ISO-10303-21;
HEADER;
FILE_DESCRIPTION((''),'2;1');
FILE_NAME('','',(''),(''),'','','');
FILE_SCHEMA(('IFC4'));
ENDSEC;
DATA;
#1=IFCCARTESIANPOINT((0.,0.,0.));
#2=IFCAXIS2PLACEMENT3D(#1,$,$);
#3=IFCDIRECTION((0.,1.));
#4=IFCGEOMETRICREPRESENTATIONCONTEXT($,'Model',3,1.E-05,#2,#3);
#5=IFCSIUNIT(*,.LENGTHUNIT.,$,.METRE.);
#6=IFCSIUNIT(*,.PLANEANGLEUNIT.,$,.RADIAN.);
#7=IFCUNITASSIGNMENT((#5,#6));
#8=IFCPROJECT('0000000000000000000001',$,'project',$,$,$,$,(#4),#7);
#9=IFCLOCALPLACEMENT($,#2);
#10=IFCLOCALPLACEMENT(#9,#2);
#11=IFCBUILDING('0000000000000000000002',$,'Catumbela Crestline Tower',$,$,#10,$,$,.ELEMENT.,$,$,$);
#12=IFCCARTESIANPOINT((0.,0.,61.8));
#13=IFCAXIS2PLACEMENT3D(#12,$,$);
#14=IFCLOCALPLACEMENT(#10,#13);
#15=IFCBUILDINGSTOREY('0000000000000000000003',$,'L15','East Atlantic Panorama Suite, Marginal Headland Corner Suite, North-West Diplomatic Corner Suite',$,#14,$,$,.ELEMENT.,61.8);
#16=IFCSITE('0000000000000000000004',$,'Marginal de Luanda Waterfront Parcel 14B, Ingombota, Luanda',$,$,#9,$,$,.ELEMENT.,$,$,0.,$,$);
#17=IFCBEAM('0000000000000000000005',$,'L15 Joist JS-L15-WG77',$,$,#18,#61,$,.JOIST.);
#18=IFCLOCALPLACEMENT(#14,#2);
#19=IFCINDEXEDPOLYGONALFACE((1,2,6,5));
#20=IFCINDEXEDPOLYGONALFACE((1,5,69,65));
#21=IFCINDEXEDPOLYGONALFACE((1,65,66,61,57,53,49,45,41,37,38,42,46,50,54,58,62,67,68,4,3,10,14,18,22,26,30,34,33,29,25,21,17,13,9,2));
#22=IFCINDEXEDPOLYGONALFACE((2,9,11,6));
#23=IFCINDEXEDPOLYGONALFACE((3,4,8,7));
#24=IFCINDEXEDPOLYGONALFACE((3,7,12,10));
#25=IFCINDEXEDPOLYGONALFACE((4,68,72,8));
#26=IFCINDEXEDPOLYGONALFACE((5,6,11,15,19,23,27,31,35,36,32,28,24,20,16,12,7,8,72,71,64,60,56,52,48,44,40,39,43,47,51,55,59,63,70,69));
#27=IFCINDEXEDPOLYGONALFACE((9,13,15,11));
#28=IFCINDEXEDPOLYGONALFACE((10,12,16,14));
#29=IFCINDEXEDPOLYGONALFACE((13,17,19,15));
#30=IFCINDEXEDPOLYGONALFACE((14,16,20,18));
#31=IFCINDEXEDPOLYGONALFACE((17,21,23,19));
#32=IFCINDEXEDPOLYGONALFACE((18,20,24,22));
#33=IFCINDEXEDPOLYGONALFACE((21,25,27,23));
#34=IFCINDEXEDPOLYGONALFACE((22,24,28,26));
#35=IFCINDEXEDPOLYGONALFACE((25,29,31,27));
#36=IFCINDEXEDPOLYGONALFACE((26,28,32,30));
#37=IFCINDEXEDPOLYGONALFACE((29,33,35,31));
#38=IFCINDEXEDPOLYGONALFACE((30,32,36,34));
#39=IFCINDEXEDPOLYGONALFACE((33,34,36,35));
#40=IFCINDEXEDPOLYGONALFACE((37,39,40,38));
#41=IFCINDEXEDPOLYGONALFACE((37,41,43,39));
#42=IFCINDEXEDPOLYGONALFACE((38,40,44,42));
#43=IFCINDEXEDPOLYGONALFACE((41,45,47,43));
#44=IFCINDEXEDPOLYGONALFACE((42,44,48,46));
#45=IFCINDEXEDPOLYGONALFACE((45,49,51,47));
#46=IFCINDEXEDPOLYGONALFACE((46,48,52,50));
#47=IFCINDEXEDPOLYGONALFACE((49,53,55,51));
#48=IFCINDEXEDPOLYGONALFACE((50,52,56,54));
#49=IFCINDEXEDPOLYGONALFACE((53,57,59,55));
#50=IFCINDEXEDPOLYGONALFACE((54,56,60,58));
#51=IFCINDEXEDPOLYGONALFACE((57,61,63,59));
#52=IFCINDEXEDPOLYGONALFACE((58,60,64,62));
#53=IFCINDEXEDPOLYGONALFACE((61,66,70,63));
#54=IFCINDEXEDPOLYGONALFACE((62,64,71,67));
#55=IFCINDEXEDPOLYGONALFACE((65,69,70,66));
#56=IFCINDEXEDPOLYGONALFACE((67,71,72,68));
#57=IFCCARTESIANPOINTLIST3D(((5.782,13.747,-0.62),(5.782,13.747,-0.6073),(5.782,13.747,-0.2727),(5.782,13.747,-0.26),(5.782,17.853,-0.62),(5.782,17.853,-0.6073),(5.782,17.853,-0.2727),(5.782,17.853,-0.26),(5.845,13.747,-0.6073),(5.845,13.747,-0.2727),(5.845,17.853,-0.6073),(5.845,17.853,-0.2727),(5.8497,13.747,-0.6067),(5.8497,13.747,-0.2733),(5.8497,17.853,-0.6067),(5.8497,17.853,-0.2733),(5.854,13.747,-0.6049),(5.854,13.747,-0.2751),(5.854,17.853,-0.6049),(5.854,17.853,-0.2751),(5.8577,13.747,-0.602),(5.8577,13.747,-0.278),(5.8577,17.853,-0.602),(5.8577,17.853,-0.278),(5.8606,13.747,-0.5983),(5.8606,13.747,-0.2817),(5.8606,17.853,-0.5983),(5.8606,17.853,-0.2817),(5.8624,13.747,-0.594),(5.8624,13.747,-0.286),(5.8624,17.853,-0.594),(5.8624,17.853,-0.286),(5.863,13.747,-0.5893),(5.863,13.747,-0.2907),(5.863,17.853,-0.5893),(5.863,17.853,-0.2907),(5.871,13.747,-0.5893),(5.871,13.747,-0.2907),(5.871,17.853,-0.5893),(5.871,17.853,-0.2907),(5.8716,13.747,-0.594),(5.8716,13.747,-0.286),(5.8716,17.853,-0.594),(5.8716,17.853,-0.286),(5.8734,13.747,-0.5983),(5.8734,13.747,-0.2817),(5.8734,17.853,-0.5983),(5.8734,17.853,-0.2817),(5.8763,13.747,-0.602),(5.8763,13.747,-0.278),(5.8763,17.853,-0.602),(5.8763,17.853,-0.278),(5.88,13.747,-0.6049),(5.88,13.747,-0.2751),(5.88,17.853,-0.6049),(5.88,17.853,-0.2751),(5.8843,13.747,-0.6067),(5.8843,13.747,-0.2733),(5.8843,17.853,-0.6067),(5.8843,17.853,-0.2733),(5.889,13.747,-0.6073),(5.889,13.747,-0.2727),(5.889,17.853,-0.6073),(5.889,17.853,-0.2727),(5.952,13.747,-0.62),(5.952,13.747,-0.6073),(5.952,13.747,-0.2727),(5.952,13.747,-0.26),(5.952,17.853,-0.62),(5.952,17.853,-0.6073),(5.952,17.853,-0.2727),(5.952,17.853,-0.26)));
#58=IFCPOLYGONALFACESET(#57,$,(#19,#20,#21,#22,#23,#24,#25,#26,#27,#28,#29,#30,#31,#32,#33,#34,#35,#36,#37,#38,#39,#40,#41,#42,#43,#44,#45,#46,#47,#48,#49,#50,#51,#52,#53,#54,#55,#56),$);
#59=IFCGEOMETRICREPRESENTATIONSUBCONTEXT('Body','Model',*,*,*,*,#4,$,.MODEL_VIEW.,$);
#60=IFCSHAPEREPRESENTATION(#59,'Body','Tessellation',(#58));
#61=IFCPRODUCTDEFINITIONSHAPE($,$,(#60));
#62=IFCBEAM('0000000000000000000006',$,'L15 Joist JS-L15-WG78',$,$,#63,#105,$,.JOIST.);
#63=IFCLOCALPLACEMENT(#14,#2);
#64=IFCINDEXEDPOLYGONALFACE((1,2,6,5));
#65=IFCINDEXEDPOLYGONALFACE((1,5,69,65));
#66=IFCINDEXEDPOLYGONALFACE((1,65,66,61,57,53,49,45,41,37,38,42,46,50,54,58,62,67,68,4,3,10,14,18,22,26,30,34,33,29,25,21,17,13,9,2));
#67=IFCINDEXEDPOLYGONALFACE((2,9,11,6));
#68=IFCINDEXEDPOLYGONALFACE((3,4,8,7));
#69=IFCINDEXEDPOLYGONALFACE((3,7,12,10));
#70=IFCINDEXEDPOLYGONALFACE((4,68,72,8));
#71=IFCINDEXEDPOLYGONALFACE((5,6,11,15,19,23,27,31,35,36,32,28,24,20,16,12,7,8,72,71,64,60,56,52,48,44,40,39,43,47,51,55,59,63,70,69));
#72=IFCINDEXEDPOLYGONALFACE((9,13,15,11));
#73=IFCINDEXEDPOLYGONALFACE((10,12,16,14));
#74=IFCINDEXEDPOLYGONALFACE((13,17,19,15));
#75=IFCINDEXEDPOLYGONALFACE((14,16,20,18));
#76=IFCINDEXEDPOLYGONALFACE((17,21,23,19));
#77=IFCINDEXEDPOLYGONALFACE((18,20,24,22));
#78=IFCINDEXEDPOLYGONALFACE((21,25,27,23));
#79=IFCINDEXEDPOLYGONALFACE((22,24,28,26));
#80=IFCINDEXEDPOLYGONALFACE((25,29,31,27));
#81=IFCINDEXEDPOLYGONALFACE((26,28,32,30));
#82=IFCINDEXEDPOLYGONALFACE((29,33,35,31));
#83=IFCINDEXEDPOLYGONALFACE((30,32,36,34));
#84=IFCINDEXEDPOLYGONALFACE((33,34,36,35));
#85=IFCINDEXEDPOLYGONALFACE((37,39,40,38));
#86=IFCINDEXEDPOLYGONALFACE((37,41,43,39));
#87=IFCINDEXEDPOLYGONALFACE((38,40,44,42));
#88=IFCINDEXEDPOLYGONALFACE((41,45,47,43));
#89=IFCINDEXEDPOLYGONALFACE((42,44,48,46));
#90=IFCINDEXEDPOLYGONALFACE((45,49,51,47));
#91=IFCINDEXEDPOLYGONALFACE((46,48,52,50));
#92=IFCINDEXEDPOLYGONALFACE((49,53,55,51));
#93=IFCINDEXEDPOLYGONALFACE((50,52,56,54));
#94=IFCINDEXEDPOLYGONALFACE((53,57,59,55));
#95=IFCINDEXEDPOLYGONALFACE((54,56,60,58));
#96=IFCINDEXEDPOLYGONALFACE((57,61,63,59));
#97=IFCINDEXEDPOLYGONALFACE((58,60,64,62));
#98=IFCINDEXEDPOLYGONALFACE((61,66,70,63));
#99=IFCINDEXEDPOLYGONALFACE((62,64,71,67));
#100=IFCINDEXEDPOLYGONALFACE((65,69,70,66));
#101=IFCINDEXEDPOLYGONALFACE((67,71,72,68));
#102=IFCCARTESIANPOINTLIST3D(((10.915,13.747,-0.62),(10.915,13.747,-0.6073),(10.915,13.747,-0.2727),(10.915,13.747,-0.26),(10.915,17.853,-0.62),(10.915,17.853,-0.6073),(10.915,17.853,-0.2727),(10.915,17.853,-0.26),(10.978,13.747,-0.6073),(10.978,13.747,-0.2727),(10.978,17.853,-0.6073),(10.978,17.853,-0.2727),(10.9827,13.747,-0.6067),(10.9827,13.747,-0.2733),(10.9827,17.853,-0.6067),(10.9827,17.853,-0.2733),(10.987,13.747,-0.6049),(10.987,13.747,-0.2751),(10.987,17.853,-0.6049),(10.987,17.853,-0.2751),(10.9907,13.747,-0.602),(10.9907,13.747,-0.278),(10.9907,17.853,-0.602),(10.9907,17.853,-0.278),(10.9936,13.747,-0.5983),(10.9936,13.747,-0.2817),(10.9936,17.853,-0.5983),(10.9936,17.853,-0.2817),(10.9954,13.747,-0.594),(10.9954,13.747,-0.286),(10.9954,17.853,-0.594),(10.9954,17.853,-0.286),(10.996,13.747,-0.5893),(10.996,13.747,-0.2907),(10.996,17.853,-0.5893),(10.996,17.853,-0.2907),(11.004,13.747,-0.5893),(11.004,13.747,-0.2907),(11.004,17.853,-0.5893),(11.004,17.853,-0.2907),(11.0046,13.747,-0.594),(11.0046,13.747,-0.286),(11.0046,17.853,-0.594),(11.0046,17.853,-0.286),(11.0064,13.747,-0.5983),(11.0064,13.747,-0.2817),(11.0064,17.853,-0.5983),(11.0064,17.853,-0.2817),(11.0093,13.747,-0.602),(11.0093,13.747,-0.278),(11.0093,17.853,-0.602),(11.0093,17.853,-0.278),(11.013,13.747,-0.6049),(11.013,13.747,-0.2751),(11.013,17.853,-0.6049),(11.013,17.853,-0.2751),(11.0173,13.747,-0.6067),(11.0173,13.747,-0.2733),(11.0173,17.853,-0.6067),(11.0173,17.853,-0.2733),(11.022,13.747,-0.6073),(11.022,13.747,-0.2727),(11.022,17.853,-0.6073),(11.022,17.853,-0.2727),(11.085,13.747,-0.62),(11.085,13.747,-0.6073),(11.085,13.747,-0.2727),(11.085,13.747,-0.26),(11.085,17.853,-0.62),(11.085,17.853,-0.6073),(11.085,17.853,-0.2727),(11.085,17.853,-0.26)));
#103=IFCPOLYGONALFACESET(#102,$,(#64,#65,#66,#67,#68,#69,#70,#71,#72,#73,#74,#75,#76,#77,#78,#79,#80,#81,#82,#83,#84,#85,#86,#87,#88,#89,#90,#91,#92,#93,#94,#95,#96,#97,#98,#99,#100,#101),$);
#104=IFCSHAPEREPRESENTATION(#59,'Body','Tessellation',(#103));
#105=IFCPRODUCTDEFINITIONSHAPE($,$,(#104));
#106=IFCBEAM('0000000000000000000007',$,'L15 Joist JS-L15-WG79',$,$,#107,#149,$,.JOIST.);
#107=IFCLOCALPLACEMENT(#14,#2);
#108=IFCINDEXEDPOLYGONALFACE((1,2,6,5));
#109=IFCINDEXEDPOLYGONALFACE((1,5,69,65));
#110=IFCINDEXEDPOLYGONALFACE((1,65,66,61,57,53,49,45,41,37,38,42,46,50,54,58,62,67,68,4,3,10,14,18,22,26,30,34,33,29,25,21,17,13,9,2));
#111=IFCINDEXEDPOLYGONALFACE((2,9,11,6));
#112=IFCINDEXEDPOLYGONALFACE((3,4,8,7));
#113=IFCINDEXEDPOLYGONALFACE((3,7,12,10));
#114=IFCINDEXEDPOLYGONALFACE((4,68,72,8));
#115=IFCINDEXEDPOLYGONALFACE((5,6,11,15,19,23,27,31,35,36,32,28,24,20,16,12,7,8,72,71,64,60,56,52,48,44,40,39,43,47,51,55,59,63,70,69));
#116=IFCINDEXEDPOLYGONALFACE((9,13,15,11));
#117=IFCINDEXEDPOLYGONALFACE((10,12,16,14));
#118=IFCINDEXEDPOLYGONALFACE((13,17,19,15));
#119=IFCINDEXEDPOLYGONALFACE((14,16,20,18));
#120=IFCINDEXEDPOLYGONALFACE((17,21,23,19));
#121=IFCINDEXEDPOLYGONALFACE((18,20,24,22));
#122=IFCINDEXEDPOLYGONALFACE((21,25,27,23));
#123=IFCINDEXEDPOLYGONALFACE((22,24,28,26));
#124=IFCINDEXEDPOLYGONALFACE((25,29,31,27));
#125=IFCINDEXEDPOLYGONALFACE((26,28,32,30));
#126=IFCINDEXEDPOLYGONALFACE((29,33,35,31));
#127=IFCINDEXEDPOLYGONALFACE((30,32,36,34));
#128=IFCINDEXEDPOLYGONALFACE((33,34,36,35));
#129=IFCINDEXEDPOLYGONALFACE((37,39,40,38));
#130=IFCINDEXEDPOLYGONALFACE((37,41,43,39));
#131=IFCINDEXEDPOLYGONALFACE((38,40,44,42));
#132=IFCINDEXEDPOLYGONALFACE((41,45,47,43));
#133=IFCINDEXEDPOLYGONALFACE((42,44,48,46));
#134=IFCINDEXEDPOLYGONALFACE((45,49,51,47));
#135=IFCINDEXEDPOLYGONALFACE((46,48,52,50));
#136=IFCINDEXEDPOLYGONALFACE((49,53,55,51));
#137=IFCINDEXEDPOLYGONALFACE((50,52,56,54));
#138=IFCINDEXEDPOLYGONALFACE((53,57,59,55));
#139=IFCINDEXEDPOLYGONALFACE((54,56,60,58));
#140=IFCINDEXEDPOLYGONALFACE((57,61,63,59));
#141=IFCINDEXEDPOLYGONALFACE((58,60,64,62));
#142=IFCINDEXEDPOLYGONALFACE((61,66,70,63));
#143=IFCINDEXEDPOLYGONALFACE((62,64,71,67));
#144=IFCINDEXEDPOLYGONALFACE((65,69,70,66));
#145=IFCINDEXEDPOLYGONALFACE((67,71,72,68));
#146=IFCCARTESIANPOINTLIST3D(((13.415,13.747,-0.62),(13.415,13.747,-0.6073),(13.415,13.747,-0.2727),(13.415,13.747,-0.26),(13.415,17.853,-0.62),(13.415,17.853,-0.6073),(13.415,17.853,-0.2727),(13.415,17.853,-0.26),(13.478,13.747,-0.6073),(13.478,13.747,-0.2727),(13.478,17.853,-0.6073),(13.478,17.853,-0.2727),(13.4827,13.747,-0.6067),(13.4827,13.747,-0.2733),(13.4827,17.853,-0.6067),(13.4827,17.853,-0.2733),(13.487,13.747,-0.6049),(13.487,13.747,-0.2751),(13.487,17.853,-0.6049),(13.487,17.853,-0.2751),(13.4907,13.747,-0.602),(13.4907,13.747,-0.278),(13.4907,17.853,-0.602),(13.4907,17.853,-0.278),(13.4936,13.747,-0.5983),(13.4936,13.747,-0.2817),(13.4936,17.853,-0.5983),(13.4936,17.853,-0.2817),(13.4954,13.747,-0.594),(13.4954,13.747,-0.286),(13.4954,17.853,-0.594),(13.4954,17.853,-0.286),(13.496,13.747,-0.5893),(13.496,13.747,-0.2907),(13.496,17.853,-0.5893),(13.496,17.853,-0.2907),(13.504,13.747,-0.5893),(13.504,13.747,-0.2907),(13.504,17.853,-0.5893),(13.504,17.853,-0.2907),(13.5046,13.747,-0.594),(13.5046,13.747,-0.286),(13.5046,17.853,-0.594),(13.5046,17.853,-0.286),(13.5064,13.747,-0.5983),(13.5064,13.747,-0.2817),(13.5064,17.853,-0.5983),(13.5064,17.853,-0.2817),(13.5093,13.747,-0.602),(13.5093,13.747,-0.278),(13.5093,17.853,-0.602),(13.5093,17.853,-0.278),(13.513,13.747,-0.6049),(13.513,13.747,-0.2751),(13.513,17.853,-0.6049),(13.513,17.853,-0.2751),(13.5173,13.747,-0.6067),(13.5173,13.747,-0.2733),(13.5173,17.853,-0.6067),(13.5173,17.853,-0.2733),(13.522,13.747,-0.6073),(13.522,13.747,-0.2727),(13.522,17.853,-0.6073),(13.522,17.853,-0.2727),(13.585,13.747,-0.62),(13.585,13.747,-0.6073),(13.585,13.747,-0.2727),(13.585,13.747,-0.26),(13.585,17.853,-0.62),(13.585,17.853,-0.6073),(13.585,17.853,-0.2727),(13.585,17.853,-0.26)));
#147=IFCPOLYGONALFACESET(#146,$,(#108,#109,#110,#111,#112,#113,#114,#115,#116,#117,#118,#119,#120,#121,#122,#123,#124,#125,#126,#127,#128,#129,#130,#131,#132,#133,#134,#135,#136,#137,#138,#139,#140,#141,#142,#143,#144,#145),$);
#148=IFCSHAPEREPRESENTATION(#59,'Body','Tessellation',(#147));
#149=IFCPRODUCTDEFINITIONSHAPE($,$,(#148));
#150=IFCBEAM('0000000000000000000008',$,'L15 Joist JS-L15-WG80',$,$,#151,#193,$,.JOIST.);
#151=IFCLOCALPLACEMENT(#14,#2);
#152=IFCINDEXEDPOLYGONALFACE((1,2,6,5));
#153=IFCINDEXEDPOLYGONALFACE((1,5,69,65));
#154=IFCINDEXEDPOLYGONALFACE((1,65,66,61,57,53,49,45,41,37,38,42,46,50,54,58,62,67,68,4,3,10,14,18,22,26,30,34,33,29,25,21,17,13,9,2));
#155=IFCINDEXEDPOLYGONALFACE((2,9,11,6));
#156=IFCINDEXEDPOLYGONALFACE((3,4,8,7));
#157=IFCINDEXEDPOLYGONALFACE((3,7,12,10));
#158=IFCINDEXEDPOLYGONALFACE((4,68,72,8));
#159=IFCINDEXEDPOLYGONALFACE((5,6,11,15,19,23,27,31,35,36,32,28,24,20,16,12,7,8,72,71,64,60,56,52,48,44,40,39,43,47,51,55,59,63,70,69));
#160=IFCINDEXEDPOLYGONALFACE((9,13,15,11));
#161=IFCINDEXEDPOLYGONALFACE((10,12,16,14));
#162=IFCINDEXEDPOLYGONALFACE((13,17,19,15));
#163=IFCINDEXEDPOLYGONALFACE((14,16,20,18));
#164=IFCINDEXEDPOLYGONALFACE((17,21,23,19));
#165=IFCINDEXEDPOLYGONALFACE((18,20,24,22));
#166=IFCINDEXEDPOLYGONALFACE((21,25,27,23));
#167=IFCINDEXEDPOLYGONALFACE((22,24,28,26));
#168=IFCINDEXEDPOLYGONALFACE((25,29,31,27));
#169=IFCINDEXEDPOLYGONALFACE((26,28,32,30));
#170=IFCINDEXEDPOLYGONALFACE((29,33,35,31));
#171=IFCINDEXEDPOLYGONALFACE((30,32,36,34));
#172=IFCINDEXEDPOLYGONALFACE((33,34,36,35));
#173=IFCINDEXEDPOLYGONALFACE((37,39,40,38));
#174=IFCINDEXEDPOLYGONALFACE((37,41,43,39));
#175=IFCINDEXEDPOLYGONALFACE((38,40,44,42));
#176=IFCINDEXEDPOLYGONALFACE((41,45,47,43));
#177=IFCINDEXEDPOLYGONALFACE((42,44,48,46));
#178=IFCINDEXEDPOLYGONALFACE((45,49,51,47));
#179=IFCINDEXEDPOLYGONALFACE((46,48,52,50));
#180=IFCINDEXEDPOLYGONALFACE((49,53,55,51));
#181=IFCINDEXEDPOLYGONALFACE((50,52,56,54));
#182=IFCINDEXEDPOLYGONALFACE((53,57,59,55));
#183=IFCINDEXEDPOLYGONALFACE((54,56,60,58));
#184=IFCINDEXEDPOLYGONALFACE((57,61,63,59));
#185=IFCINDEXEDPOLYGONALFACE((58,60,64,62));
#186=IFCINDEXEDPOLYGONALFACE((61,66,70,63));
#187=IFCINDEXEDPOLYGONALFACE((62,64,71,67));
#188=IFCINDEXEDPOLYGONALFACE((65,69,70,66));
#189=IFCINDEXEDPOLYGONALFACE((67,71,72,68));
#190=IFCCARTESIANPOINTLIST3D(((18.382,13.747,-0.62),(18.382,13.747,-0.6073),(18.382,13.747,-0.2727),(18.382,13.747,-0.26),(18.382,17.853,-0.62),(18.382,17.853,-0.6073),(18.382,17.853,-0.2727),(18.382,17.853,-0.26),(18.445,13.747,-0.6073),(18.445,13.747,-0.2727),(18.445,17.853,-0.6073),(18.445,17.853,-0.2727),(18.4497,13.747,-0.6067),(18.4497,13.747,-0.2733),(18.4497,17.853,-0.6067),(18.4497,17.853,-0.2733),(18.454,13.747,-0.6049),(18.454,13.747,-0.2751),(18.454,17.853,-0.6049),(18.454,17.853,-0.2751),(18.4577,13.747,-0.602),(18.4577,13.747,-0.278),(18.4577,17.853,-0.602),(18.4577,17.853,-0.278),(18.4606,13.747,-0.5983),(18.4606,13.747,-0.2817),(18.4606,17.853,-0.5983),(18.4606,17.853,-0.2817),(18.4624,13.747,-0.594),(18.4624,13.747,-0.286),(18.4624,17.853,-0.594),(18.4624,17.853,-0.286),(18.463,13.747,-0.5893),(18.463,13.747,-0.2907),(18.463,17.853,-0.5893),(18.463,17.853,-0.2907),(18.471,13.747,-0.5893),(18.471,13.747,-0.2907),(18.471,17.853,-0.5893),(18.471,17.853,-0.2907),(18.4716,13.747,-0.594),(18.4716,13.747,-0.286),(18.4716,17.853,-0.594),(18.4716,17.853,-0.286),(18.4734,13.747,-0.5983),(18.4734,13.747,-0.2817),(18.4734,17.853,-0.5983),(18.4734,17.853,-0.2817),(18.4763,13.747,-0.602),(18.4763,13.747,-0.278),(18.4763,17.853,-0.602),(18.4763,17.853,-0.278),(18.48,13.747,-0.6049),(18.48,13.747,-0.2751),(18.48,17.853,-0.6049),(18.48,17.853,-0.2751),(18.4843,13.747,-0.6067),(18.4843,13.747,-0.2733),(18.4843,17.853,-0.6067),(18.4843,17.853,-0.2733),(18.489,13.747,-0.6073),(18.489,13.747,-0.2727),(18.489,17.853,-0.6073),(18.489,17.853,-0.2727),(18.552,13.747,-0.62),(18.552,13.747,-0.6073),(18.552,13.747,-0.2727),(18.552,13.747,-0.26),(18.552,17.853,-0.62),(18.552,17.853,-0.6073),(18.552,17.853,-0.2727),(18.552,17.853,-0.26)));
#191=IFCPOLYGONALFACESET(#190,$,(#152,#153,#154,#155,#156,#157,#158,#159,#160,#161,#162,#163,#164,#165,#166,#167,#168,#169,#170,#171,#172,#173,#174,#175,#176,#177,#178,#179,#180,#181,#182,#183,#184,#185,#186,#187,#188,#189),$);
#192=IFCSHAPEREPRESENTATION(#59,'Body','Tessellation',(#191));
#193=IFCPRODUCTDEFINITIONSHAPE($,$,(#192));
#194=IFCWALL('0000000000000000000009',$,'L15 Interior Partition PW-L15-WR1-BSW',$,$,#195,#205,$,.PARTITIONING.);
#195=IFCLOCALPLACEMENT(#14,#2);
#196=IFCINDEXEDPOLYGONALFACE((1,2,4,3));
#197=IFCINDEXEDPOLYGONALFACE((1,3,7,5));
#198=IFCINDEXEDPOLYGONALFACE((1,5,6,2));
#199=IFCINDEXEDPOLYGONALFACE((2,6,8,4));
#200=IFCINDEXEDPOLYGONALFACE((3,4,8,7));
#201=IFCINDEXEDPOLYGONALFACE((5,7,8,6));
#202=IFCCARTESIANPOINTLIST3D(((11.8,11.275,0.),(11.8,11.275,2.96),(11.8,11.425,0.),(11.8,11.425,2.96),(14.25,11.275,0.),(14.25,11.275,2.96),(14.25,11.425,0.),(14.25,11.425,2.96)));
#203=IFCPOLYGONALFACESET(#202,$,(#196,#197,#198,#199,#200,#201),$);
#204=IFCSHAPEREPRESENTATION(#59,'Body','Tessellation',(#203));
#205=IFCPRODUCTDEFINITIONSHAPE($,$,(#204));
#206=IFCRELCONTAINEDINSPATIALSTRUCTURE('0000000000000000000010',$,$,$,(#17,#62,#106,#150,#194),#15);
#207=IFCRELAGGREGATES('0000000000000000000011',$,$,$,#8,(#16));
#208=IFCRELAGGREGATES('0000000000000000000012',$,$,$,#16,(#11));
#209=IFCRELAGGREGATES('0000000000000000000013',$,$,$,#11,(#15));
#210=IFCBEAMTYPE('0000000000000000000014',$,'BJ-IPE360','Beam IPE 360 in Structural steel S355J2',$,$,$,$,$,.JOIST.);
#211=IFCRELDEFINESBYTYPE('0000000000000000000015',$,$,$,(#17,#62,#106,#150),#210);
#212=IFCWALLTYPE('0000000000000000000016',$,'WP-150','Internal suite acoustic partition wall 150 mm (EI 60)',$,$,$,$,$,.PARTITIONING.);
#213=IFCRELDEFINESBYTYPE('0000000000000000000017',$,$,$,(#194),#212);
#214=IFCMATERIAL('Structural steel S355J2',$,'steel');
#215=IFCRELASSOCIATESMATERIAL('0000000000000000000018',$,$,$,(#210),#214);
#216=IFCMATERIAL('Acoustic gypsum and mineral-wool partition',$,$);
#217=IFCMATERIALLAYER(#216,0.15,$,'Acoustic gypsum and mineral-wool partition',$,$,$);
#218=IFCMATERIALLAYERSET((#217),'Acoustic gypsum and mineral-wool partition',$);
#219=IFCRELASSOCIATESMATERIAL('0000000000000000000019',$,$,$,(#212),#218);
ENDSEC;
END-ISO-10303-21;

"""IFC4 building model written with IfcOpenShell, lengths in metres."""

from ifc_helpers import new_model, si_unit, direction, frame, frame_2d, origin, origin_2d, place, context, subcontext, project, spatial, rectangle, i_section, extrude, material, layer, layer_set, material_profile, profile_set, type_object, element, save


model = new_model("IFC4")

# Units and contexts
model_context = context("Model", 3, precision=1e-05, world=origin(), true_north=direction((0.0, 1.0)))
body_context = subcontext(model_context, "Body", "Model", "MODEL_VIEW")
ifc_project = project(units=[si_unit("LENGTHUNIT", "METRE"), si_unit("PLANEANGLEUNIT", "RADIAN")], contexts=[model_context])

# Site, building, storey
site_placement = place(None, origin())
site = spatial("IfcSite", under=ifc_project, at=site_placement, Name="Marginal de Luanda Waterfront Parcel 14B, Ingombota, Luanda", CompositionType="ELEMENT", RefElevation=0.0)
building_placement = place(site_placement, origin())
building = spatial("IfcBuilding", under=site, at=building_placement, Name="Catumbela Crestline Tower", CompositionType="ELEMENT")
storey_placement = place(building_placement, frame((0.0, 0.0, 61.8)))
storey = spatial("IfcBuildingStorey", under=building, at=storey_placement, Name="L15", Description="East Atlantic Panorama Suite, Marginal Headland Corner Suite, North-West Diplomatic Corner Suite", CompositionType="ELEMENT", Elevation=61.8)

# Beams
ifc_material_1 = material(Name="Structural steel S355J2", Category="steel")
ifc_material_profile_1 = material_profile(ifc_material_1, i_section(OverallWidth=0.17, OverallDepth=0.36, WebThickness=0.008, FlangeThickness=0.0127, FilletRadius=0.018, at=origin_2d()), Name="IPE 360")
ifc_profile_set_1 = profile_set([ifc_material_profile_1], Name="Structural steel S355J2")
beam_type_1 = type_object("IfcBeamType", Name="BJ-IPE360", Description="Beam IPE 360 in Structural steel S355J2", PredefinedType="JOIST", material=ifc_profile_set_1)
for number, where, z_axis, x_axis, name in (
    (1, (5.867, 13.747, -0.44), (0.0, 1.0, 0.0), (-1.0, 0.0, 0.0), "L15 Joist JS-L15-WG77"),
    (2, (11.0, 13.747, -0.44), (0.0, 1.0, 0.0), (-1.0, 0.0, 0.0), "L15 Joist JS-L15-WG78"),
    (3, (13.5, 13.747, -0.44), (0.0, 1.0, 0.0), (-1.0, 0.0, 0.0), "L15 Joist JS-L15-WG79"),
    (4, (18.467, 13.747, -0.44), (0.0, 1.0, 0.0), (-1.0, 0.0, 0.0), "L15 Joist JS-L15-WG80"),
):
    element("IfcBeam", number, at=place(storey_placement, frame(where, z_axis=z_axis, x_axis=x_axis)), inside=storey, type_object=beam_type_1, Name=name, PredefinedType="JOIST", context=body_context, shape_type="SweptSolid", body=[
        extrude(i_section(OverallWidth=0.17, OverallDepth=0.36, WebThickness=0.008, FlangeThickness=0.0127, FilletRadius=0.018, at=origin_2d()), origin(), (0.0, 0.0, 1.0), 4.106),
    ])

# Wall
ifc_material_2 = material(Name="Acoustic gypsum and mineral-wool partition")
ifc_layer = layer(ifc_material_2, 0.15, Name="Acoustic gypsum and mineral-wool partition")
ifc_layer_set = layer_set([ifc_layer], Name="Acoustic gypsum and mineral-wool partition")
wall_type = type_object("IfcWallType", Name="WP-150", Description="Internal suite acoustic partition wall 150 mm (EI 60)", PredefinedType="PARTITIONING", material=ifc_layer_set)
wall_1_placement = place(storey_placement, frame((11.8, 11.35, 0.0), z_axis=(0.0, 0.0, 1.0), x_axis=(1.0, 0.0, 0.0)))
element("IfcWall", 5, at=wall_1_placement, inside=storey, type_object=wall_type, Name="L15 Interior Partition PW-L15-WR1-BSW", PredefinedType="PARTITIONING", context=body_context, shape_type="SweptSolid", body=[
    extrude(rectangle(XDim=2.45, YDim=0.15, at=frame_2d((1.225, 0.0))), origin(), (0.0, 0.0, 1.0), 2.96),
])

save(model, "model.ifc")
